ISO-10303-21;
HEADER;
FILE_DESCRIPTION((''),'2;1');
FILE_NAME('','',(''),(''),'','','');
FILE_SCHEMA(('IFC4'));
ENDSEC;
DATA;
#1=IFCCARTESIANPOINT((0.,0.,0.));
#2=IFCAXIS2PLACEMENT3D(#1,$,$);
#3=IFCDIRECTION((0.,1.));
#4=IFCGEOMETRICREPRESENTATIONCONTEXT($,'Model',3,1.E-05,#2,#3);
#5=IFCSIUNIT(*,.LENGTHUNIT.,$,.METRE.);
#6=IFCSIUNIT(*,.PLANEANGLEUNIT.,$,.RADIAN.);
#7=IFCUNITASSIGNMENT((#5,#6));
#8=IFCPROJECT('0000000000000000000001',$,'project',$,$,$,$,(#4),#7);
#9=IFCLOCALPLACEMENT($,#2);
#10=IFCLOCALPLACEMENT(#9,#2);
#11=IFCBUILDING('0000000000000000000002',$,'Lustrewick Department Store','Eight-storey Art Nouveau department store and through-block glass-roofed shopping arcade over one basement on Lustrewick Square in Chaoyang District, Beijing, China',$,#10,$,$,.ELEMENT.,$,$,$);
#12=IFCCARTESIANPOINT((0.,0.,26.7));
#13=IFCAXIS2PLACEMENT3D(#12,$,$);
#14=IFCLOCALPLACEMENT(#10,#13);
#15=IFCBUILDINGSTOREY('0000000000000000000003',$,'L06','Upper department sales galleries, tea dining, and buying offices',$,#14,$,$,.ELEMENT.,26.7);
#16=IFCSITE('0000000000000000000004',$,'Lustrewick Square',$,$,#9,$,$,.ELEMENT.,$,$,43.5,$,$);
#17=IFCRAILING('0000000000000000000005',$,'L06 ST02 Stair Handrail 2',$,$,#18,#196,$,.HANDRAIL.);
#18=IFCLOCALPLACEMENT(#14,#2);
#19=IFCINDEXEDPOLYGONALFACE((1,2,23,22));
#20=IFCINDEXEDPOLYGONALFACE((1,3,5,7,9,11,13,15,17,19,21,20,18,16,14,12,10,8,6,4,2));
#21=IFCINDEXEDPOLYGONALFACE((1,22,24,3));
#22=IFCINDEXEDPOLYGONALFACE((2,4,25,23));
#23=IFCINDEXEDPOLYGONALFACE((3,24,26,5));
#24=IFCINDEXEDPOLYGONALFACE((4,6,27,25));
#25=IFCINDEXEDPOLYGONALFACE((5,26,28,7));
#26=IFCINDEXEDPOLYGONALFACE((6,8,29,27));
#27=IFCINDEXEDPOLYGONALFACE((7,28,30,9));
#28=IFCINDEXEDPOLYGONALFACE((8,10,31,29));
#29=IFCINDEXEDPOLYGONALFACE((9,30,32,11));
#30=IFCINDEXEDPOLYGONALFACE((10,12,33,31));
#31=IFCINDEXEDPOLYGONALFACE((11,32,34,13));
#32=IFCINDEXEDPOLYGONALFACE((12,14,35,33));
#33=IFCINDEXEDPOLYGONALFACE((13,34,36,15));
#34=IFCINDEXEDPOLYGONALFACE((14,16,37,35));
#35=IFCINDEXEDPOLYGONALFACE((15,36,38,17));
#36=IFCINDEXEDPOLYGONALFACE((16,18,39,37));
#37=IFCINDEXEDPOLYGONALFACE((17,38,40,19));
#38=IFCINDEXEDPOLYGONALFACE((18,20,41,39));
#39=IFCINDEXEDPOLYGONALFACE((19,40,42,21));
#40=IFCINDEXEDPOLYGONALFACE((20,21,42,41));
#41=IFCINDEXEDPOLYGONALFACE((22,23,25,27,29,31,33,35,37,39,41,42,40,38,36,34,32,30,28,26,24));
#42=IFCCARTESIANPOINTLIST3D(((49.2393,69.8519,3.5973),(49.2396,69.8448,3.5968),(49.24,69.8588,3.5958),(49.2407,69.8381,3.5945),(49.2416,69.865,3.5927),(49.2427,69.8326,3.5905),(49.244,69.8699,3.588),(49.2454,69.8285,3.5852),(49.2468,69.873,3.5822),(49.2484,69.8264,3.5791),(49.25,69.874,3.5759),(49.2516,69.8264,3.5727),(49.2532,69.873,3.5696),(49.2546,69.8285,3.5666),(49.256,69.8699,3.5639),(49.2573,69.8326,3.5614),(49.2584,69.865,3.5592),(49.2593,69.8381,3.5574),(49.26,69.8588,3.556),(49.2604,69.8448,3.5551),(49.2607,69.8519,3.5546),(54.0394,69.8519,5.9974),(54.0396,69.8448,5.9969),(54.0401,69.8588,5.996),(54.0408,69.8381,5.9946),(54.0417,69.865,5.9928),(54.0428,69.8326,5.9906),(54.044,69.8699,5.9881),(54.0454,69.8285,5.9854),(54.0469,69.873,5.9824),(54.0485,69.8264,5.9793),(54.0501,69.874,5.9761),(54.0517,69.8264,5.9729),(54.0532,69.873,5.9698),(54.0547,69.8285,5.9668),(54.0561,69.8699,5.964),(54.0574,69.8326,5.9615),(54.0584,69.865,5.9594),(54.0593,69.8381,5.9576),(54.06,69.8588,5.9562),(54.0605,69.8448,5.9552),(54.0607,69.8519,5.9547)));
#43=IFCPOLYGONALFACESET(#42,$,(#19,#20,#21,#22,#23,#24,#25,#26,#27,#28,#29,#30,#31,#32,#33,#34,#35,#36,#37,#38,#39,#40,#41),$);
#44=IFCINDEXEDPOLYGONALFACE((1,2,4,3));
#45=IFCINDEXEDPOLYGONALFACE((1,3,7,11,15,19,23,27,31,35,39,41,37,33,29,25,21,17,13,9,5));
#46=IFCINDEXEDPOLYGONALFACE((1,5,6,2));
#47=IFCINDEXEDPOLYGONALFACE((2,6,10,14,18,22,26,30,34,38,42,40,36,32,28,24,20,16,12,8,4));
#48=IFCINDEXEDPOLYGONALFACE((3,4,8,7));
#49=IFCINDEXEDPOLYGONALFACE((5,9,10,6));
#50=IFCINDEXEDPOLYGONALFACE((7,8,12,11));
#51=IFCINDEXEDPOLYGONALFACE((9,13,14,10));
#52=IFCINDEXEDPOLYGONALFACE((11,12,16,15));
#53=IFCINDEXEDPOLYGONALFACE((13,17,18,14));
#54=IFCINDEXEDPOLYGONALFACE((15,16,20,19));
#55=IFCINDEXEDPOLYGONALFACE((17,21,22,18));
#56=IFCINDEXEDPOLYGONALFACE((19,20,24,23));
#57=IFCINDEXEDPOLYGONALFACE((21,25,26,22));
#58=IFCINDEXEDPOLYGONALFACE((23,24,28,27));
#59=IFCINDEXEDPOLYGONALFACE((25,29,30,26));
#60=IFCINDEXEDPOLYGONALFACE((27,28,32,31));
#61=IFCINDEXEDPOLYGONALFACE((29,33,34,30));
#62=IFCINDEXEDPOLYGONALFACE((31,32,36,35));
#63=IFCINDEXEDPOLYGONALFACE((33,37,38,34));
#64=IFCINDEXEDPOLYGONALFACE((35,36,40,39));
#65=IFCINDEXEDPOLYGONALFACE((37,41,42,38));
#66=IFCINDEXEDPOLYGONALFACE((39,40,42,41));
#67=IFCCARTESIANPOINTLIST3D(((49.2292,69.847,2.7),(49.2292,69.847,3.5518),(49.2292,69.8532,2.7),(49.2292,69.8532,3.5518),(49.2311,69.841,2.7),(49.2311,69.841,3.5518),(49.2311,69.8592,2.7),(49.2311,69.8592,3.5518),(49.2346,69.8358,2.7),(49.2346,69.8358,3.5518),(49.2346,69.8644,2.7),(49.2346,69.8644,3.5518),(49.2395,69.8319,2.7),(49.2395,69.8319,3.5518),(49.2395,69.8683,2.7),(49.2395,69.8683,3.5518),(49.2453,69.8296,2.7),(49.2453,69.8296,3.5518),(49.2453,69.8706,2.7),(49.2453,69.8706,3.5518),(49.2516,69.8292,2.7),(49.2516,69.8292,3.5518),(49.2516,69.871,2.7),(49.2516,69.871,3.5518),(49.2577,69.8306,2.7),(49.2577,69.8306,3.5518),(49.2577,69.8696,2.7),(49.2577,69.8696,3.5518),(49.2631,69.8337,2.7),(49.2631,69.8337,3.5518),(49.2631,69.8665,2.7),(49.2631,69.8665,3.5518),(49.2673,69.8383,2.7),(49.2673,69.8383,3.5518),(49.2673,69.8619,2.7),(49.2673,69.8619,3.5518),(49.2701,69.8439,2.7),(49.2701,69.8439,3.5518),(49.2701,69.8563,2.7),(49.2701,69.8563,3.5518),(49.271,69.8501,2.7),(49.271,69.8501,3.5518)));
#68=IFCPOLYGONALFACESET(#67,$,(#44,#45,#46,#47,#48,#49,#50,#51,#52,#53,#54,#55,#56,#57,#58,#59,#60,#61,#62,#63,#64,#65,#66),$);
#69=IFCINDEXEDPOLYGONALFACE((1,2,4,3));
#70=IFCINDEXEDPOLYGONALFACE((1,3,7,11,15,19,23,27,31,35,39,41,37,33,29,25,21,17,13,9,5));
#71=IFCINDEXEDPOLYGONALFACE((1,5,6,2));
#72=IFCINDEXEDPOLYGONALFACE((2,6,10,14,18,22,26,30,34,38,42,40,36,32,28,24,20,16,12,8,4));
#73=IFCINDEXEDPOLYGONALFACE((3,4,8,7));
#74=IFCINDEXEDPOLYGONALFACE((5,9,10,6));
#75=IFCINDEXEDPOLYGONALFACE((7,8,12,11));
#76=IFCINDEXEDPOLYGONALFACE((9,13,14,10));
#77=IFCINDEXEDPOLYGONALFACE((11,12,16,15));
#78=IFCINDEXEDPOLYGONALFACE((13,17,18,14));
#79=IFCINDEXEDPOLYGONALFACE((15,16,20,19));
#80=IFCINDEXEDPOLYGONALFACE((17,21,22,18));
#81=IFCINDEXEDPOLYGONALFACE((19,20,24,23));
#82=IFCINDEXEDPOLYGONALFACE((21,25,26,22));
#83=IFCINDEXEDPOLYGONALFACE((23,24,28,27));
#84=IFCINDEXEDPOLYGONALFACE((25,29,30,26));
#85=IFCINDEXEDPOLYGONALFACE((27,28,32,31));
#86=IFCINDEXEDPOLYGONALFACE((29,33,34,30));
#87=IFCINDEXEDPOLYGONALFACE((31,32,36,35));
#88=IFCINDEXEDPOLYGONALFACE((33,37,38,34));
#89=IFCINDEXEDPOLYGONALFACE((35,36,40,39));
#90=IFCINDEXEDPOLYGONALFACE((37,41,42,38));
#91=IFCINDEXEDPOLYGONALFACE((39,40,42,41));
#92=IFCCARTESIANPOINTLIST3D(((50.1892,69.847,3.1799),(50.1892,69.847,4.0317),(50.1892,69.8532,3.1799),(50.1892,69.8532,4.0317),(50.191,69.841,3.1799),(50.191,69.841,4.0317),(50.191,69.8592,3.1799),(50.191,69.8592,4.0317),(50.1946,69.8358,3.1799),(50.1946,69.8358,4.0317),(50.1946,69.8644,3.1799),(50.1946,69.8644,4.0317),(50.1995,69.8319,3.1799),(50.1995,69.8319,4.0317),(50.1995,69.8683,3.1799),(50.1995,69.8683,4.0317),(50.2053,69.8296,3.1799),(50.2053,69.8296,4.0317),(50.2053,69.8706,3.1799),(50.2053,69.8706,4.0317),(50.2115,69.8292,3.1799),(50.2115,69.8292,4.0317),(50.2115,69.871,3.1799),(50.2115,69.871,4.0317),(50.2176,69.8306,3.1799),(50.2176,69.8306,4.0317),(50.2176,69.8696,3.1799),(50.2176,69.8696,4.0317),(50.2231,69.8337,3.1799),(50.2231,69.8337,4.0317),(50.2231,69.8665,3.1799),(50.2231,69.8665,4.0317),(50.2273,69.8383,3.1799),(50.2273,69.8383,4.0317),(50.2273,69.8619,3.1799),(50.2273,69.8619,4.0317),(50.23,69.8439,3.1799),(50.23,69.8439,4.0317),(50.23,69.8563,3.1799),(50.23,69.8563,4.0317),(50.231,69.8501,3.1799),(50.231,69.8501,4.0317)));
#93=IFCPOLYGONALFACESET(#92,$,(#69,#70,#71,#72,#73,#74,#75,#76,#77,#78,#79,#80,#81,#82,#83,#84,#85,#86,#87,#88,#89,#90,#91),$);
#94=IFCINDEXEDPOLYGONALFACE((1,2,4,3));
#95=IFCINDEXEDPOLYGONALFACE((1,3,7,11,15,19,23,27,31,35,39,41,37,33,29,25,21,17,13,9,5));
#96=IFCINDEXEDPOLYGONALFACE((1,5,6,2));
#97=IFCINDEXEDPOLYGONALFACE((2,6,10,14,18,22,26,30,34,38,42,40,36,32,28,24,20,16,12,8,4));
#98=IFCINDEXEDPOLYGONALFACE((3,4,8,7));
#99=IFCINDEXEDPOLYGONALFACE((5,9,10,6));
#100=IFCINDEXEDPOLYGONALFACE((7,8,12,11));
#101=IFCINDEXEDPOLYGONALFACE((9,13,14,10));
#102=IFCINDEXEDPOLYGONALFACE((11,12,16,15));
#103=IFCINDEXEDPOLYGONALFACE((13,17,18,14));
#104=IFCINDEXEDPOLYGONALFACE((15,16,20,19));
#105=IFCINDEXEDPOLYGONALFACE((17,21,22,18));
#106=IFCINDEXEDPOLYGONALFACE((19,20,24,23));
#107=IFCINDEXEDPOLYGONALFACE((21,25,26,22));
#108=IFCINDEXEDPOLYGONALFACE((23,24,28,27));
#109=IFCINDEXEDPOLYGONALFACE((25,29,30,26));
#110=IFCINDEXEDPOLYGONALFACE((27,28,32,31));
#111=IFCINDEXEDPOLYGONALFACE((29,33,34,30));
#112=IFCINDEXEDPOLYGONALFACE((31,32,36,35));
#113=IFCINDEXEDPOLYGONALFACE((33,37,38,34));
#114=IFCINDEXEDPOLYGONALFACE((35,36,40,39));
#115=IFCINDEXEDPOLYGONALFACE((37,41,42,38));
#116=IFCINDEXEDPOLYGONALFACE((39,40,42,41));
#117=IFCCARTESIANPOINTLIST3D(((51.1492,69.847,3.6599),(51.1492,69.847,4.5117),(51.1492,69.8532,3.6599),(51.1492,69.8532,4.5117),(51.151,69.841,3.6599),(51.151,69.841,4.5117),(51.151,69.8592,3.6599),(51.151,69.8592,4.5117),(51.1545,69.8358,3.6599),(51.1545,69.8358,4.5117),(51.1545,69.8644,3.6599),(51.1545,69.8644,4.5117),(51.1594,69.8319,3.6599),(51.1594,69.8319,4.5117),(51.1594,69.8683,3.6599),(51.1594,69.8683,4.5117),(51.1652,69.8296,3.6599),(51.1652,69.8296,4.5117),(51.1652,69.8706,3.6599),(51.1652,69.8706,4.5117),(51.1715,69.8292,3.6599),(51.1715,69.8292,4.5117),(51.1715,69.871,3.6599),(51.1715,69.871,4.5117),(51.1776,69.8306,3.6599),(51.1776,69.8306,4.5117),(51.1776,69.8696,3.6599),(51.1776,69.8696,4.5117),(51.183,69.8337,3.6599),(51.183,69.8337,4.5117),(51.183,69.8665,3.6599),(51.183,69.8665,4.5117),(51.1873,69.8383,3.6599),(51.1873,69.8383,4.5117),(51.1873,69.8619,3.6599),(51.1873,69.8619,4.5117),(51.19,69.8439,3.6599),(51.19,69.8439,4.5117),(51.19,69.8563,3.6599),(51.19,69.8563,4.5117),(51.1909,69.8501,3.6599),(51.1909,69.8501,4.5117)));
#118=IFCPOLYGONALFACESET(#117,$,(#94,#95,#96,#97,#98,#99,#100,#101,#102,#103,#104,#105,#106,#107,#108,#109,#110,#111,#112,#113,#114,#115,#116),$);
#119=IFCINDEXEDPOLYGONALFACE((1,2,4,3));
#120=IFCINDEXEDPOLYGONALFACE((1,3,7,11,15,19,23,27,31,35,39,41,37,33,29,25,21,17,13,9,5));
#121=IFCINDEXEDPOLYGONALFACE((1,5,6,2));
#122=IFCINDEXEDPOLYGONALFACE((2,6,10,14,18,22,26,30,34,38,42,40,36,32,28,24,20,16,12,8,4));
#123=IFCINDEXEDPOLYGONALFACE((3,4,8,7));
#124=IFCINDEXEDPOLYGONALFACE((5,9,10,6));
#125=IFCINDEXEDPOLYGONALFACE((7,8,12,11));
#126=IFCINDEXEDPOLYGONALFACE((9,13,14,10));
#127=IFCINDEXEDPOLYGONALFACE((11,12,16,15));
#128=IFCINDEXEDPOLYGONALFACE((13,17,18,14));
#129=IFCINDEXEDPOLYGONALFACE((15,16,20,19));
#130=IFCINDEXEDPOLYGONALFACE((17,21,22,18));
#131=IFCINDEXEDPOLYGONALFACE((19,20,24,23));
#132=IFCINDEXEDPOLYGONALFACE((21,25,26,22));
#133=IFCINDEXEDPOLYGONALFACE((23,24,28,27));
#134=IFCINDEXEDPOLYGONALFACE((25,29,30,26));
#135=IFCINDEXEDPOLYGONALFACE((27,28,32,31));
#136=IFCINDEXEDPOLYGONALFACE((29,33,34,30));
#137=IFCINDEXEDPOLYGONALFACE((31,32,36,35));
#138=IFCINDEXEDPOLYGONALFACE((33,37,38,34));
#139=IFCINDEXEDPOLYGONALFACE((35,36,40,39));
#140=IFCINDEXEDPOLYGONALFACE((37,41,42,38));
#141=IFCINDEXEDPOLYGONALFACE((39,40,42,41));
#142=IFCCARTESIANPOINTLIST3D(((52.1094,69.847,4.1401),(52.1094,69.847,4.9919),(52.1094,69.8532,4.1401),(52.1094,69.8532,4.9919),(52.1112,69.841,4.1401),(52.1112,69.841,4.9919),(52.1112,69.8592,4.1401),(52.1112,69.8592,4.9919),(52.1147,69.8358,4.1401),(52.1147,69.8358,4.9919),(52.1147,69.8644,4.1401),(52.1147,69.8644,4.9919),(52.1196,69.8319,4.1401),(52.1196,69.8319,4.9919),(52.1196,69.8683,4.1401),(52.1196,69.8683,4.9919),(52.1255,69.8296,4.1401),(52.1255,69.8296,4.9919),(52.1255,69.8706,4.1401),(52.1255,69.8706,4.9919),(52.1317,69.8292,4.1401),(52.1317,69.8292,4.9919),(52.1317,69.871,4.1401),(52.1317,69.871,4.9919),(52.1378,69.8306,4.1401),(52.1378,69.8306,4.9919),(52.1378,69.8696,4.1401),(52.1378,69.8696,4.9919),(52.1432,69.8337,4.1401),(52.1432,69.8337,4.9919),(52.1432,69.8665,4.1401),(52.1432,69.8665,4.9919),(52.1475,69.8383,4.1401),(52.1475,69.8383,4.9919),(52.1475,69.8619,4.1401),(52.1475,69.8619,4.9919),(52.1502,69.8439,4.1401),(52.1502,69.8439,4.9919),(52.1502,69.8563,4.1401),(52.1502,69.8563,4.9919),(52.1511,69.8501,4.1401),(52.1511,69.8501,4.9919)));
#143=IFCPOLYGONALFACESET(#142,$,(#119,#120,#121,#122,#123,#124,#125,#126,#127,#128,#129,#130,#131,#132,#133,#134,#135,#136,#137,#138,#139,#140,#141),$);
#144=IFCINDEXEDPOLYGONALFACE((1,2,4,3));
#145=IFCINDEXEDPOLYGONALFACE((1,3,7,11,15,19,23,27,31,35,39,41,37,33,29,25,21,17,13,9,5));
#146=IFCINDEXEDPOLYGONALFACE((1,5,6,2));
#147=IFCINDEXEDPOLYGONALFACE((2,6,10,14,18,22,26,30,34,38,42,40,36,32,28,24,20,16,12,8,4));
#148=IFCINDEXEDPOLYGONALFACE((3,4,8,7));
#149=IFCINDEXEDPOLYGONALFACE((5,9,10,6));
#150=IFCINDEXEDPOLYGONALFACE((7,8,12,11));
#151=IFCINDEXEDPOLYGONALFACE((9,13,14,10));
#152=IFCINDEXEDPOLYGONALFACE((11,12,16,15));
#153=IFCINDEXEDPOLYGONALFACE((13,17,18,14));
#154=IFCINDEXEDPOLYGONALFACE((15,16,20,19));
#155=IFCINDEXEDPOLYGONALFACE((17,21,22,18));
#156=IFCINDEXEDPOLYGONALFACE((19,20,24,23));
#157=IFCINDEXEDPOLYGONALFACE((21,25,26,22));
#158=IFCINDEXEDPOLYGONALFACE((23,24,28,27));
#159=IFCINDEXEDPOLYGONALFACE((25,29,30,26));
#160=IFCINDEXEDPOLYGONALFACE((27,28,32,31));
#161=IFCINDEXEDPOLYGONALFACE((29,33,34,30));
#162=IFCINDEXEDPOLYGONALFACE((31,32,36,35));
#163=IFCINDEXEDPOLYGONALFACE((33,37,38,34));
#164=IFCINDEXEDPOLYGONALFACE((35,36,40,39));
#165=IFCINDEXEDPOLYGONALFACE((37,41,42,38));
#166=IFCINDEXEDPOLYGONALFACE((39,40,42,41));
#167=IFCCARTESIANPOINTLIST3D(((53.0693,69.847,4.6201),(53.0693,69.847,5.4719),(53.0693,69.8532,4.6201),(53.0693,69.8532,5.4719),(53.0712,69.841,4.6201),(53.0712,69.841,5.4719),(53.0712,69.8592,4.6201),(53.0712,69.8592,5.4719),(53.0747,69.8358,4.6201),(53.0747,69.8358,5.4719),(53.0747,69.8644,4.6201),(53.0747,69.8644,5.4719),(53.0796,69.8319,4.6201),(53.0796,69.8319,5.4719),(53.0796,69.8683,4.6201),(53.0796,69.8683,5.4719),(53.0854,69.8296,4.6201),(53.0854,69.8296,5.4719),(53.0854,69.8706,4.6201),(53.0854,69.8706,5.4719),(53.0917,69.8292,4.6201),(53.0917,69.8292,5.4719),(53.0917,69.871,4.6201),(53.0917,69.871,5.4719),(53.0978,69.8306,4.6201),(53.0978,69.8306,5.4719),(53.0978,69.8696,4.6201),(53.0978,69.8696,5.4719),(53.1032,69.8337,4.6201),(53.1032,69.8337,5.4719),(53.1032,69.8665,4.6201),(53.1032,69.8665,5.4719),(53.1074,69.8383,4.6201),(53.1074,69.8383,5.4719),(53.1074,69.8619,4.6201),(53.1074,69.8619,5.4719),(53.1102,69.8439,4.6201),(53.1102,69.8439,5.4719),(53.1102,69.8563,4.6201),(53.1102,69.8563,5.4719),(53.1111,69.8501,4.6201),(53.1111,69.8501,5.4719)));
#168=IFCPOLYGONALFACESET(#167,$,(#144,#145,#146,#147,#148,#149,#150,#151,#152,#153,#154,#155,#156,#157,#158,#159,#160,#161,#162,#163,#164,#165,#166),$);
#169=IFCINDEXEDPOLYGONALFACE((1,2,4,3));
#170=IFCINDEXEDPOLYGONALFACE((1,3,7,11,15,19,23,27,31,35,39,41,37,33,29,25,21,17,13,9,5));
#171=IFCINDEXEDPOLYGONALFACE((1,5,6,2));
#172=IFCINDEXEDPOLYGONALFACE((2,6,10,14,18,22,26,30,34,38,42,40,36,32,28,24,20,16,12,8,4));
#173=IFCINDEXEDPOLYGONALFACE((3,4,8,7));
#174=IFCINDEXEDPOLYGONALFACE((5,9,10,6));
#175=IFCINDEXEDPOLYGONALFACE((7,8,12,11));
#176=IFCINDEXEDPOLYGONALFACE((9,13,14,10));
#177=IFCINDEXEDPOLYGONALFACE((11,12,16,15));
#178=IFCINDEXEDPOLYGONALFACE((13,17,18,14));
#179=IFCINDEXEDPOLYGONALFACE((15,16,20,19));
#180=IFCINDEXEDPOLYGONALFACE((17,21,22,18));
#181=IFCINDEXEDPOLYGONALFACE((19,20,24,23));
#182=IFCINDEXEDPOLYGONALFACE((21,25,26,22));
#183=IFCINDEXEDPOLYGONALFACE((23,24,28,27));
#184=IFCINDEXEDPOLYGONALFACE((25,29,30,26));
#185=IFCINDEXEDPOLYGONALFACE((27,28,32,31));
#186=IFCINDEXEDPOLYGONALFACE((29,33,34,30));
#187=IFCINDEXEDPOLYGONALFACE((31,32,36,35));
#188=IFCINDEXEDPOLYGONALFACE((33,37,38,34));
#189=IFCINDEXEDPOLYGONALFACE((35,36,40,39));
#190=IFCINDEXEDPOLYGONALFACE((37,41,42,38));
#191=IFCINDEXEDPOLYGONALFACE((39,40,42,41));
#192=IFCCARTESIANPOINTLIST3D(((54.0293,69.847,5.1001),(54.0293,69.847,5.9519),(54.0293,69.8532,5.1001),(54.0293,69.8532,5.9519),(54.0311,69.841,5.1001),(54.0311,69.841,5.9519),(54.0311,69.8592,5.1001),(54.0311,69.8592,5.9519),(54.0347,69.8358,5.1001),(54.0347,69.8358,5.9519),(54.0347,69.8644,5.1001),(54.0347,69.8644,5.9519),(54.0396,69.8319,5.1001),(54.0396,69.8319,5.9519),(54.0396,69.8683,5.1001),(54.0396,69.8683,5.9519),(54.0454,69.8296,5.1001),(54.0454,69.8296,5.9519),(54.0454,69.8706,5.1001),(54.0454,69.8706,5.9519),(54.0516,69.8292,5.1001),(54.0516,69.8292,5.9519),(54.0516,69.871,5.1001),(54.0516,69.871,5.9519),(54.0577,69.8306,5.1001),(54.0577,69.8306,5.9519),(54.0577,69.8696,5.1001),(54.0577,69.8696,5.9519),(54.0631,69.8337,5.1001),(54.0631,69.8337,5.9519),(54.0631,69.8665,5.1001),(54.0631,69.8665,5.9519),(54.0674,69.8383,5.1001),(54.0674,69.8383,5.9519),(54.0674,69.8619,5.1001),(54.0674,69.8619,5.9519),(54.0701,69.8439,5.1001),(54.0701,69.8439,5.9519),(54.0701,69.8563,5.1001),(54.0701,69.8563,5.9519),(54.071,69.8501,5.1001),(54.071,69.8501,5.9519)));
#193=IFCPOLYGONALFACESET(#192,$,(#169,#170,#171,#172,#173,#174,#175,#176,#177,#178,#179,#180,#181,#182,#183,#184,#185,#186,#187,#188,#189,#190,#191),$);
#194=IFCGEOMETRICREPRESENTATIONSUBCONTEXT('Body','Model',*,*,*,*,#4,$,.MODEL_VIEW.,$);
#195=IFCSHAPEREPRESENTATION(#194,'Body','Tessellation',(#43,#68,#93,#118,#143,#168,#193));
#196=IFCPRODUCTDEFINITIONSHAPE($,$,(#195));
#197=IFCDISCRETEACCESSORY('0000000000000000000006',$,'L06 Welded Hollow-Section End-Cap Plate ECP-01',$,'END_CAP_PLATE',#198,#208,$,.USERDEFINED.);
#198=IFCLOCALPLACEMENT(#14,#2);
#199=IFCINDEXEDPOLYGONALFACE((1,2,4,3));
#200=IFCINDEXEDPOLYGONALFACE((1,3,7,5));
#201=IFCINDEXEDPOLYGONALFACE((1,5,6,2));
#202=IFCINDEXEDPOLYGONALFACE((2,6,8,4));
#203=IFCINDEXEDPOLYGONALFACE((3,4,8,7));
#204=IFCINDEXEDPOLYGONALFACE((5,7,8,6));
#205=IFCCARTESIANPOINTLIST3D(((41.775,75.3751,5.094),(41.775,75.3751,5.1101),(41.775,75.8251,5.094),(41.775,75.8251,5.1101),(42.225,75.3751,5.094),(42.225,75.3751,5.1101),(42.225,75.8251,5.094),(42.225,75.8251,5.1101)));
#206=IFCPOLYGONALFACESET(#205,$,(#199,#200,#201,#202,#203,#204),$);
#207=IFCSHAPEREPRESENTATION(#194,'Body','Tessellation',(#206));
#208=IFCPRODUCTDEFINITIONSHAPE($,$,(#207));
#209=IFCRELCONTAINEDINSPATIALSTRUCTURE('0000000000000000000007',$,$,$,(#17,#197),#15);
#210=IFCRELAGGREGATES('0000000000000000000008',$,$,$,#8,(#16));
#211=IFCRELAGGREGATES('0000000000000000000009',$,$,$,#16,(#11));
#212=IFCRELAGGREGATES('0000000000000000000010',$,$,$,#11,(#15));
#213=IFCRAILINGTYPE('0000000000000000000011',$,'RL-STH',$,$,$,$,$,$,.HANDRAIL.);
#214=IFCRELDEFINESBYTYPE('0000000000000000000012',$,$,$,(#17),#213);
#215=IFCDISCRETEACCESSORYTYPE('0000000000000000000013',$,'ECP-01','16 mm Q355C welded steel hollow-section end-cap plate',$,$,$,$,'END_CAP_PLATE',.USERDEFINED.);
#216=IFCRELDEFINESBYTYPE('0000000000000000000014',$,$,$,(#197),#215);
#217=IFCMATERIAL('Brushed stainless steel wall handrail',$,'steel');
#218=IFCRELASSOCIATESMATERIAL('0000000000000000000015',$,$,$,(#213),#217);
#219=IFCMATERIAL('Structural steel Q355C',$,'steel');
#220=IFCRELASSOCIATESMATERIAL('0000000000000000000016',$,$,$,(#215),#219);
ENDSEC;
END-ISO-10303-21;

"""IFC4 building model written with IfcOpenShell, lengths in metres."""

from ifc_helpers import new_model, si_unit, direction, frame, origin, origin_2d, place, context, subcontext, project, spatial, rectangle, circle, extrude, material, type_object, element, save


model = new_model("IFC4")

# Units and contexts
model_context = context("Model", 3, precision=1e-05, world=origin(), true_north=direction((0.0, 1.0)))
body_context = subcontext(model_context, "Body", "Model", "MODEL_VIEW")
ifc_project = project(units=[si_unit("LENGTHUNIT", "METRE"), si_unit("PLANEANGLEUNIT", "RADIAN")], contexts=[model_context])

# Site, building, storey
site_placement = place(None, origin())
site = spatial("IfcSite", under=ifc_project, at=site_placement, Name="Lustrewick Square", CompositionType="ELEMENT", RefElevation=43.5)
building_placement = place(site_placement, origin())
building = spatial("IfcBuilding", under=site, at=building_placement, Name="Lustrewick Department Store", Description="Eight-storey Art Nouveau department store and through-block glass-roofed shopping arcade over one basement on Lustrewick Square in Chaoyang District, Beijing, China", CompositionType="ELEMENT")
storey_placement = place(building_placement, frame((0.0, 0.0, 26.7)))
storey = spatial("IfcBuildingStorey", under=building, at=storey_placement, Name="L06", Description="Upper department sales galleries, tea dining, and buying offices", CompositionType="ELEMENT", Elevation=26.7)

# Shared definitions
ifc_material_1 = material(Name="Structural steel Q355C", Category="steel")

# Railing
ifc_material_2 = material(Name="Brushed stainless steel wall handrail", Category="steel")
railing_type_1 = type_object("IfcRailingType", Name="RL-STH", PredefinedType="HANDRAIL", material=ifc_material_2)
railing_1_placement = place(storey_placement, frame((49.25, 69.8501, 2.7)))
element("IfcRailing", 1, at=railing_1_placement, inside=storey, type_object=railing_type_1, Name="L06 ST02 Stair Handrail 2", PredefinedType="HANDRAIL", context=body_context, shape_type="SweptSolid", body=[
    extrude(circle(Radius=0.0239, at=origin_2d()), frame((0.0, 0.0, 0.876), z_axis=(0.894418, 0.0, 0.447232), x_axis=(0.0, 1.0, 0.0)), (0.0, 0.0, 1.0), 5.3667),
    extrude(circle(Radius=0.021, at=origin_2d()), origin(), (0.0, 0.0, 1.0), 0.8518),
    extrude(circle(Radius=0.021, at=origin_2d()), frame((0.96, 0.0, 0.48)), (0.0, 0.0, 1.0), 0.8518),
    extrude(circle(Radius=0.021, at=origin_2d()), frame((1.9199, 0.0, 0.96)), (0.0, 0.0, 1.0), 0.8518),
    extrude(circle(Radius=0.021, at=origin_2d()), frame((2.8801, 0.0, 1.4402)), (0.0, 0.0, 1.0), 0.8518),
    extrude(circle(Radius=0.021, at=origin_2d()), frame((3.8401, 0.0, 1.9202)), (0.0, 0.0, 1.0), 0.8518),
    extrude(circle(Radius=0.021, at=origin_2d()), frame((4.8, 0.0, 2.4001)), (0.0, 0.0, 1.0), 0.8518),
])

# Discrete accessory
discrete_accessory_type = type_object("IfcDiscreteAccessoryType", Name="ECP-01", Description="16 mm Q355C welded steel hollow-section end-cap plate", ElementType="END_CAP_PLATE", PredefinedType="USERDEFINED", material=ifc_material_1)
for number, where, z_axis, x_axis, name in (
    (2, (42.0, 75.6001, 5.094), (0.0, 0.0, 1.0), (1.0, 0.0, 0.0), "L06 Welded Hollow-Section End-Cap Plate ECP-01"),
):
    element("IfcDiscreteAccessory", number, at=place(storey_placement, frame(where, z_axis=z_axis, x_axis=x_axis)), inside=storey, type_object=discrete_accessory_type, Name=name, ObjectType="END_CAP_PLATE", PredefinedType="USERDEFINED", context=body_context, shape_type="SweptSolid", body=[
        extrude(rectangle(XDim=0.45, YDim=0.45, at=origin_2d()), origin(), (0.0, 0.0, 1.0), 0.0161),
    ])

save(model, "model.ifc")
